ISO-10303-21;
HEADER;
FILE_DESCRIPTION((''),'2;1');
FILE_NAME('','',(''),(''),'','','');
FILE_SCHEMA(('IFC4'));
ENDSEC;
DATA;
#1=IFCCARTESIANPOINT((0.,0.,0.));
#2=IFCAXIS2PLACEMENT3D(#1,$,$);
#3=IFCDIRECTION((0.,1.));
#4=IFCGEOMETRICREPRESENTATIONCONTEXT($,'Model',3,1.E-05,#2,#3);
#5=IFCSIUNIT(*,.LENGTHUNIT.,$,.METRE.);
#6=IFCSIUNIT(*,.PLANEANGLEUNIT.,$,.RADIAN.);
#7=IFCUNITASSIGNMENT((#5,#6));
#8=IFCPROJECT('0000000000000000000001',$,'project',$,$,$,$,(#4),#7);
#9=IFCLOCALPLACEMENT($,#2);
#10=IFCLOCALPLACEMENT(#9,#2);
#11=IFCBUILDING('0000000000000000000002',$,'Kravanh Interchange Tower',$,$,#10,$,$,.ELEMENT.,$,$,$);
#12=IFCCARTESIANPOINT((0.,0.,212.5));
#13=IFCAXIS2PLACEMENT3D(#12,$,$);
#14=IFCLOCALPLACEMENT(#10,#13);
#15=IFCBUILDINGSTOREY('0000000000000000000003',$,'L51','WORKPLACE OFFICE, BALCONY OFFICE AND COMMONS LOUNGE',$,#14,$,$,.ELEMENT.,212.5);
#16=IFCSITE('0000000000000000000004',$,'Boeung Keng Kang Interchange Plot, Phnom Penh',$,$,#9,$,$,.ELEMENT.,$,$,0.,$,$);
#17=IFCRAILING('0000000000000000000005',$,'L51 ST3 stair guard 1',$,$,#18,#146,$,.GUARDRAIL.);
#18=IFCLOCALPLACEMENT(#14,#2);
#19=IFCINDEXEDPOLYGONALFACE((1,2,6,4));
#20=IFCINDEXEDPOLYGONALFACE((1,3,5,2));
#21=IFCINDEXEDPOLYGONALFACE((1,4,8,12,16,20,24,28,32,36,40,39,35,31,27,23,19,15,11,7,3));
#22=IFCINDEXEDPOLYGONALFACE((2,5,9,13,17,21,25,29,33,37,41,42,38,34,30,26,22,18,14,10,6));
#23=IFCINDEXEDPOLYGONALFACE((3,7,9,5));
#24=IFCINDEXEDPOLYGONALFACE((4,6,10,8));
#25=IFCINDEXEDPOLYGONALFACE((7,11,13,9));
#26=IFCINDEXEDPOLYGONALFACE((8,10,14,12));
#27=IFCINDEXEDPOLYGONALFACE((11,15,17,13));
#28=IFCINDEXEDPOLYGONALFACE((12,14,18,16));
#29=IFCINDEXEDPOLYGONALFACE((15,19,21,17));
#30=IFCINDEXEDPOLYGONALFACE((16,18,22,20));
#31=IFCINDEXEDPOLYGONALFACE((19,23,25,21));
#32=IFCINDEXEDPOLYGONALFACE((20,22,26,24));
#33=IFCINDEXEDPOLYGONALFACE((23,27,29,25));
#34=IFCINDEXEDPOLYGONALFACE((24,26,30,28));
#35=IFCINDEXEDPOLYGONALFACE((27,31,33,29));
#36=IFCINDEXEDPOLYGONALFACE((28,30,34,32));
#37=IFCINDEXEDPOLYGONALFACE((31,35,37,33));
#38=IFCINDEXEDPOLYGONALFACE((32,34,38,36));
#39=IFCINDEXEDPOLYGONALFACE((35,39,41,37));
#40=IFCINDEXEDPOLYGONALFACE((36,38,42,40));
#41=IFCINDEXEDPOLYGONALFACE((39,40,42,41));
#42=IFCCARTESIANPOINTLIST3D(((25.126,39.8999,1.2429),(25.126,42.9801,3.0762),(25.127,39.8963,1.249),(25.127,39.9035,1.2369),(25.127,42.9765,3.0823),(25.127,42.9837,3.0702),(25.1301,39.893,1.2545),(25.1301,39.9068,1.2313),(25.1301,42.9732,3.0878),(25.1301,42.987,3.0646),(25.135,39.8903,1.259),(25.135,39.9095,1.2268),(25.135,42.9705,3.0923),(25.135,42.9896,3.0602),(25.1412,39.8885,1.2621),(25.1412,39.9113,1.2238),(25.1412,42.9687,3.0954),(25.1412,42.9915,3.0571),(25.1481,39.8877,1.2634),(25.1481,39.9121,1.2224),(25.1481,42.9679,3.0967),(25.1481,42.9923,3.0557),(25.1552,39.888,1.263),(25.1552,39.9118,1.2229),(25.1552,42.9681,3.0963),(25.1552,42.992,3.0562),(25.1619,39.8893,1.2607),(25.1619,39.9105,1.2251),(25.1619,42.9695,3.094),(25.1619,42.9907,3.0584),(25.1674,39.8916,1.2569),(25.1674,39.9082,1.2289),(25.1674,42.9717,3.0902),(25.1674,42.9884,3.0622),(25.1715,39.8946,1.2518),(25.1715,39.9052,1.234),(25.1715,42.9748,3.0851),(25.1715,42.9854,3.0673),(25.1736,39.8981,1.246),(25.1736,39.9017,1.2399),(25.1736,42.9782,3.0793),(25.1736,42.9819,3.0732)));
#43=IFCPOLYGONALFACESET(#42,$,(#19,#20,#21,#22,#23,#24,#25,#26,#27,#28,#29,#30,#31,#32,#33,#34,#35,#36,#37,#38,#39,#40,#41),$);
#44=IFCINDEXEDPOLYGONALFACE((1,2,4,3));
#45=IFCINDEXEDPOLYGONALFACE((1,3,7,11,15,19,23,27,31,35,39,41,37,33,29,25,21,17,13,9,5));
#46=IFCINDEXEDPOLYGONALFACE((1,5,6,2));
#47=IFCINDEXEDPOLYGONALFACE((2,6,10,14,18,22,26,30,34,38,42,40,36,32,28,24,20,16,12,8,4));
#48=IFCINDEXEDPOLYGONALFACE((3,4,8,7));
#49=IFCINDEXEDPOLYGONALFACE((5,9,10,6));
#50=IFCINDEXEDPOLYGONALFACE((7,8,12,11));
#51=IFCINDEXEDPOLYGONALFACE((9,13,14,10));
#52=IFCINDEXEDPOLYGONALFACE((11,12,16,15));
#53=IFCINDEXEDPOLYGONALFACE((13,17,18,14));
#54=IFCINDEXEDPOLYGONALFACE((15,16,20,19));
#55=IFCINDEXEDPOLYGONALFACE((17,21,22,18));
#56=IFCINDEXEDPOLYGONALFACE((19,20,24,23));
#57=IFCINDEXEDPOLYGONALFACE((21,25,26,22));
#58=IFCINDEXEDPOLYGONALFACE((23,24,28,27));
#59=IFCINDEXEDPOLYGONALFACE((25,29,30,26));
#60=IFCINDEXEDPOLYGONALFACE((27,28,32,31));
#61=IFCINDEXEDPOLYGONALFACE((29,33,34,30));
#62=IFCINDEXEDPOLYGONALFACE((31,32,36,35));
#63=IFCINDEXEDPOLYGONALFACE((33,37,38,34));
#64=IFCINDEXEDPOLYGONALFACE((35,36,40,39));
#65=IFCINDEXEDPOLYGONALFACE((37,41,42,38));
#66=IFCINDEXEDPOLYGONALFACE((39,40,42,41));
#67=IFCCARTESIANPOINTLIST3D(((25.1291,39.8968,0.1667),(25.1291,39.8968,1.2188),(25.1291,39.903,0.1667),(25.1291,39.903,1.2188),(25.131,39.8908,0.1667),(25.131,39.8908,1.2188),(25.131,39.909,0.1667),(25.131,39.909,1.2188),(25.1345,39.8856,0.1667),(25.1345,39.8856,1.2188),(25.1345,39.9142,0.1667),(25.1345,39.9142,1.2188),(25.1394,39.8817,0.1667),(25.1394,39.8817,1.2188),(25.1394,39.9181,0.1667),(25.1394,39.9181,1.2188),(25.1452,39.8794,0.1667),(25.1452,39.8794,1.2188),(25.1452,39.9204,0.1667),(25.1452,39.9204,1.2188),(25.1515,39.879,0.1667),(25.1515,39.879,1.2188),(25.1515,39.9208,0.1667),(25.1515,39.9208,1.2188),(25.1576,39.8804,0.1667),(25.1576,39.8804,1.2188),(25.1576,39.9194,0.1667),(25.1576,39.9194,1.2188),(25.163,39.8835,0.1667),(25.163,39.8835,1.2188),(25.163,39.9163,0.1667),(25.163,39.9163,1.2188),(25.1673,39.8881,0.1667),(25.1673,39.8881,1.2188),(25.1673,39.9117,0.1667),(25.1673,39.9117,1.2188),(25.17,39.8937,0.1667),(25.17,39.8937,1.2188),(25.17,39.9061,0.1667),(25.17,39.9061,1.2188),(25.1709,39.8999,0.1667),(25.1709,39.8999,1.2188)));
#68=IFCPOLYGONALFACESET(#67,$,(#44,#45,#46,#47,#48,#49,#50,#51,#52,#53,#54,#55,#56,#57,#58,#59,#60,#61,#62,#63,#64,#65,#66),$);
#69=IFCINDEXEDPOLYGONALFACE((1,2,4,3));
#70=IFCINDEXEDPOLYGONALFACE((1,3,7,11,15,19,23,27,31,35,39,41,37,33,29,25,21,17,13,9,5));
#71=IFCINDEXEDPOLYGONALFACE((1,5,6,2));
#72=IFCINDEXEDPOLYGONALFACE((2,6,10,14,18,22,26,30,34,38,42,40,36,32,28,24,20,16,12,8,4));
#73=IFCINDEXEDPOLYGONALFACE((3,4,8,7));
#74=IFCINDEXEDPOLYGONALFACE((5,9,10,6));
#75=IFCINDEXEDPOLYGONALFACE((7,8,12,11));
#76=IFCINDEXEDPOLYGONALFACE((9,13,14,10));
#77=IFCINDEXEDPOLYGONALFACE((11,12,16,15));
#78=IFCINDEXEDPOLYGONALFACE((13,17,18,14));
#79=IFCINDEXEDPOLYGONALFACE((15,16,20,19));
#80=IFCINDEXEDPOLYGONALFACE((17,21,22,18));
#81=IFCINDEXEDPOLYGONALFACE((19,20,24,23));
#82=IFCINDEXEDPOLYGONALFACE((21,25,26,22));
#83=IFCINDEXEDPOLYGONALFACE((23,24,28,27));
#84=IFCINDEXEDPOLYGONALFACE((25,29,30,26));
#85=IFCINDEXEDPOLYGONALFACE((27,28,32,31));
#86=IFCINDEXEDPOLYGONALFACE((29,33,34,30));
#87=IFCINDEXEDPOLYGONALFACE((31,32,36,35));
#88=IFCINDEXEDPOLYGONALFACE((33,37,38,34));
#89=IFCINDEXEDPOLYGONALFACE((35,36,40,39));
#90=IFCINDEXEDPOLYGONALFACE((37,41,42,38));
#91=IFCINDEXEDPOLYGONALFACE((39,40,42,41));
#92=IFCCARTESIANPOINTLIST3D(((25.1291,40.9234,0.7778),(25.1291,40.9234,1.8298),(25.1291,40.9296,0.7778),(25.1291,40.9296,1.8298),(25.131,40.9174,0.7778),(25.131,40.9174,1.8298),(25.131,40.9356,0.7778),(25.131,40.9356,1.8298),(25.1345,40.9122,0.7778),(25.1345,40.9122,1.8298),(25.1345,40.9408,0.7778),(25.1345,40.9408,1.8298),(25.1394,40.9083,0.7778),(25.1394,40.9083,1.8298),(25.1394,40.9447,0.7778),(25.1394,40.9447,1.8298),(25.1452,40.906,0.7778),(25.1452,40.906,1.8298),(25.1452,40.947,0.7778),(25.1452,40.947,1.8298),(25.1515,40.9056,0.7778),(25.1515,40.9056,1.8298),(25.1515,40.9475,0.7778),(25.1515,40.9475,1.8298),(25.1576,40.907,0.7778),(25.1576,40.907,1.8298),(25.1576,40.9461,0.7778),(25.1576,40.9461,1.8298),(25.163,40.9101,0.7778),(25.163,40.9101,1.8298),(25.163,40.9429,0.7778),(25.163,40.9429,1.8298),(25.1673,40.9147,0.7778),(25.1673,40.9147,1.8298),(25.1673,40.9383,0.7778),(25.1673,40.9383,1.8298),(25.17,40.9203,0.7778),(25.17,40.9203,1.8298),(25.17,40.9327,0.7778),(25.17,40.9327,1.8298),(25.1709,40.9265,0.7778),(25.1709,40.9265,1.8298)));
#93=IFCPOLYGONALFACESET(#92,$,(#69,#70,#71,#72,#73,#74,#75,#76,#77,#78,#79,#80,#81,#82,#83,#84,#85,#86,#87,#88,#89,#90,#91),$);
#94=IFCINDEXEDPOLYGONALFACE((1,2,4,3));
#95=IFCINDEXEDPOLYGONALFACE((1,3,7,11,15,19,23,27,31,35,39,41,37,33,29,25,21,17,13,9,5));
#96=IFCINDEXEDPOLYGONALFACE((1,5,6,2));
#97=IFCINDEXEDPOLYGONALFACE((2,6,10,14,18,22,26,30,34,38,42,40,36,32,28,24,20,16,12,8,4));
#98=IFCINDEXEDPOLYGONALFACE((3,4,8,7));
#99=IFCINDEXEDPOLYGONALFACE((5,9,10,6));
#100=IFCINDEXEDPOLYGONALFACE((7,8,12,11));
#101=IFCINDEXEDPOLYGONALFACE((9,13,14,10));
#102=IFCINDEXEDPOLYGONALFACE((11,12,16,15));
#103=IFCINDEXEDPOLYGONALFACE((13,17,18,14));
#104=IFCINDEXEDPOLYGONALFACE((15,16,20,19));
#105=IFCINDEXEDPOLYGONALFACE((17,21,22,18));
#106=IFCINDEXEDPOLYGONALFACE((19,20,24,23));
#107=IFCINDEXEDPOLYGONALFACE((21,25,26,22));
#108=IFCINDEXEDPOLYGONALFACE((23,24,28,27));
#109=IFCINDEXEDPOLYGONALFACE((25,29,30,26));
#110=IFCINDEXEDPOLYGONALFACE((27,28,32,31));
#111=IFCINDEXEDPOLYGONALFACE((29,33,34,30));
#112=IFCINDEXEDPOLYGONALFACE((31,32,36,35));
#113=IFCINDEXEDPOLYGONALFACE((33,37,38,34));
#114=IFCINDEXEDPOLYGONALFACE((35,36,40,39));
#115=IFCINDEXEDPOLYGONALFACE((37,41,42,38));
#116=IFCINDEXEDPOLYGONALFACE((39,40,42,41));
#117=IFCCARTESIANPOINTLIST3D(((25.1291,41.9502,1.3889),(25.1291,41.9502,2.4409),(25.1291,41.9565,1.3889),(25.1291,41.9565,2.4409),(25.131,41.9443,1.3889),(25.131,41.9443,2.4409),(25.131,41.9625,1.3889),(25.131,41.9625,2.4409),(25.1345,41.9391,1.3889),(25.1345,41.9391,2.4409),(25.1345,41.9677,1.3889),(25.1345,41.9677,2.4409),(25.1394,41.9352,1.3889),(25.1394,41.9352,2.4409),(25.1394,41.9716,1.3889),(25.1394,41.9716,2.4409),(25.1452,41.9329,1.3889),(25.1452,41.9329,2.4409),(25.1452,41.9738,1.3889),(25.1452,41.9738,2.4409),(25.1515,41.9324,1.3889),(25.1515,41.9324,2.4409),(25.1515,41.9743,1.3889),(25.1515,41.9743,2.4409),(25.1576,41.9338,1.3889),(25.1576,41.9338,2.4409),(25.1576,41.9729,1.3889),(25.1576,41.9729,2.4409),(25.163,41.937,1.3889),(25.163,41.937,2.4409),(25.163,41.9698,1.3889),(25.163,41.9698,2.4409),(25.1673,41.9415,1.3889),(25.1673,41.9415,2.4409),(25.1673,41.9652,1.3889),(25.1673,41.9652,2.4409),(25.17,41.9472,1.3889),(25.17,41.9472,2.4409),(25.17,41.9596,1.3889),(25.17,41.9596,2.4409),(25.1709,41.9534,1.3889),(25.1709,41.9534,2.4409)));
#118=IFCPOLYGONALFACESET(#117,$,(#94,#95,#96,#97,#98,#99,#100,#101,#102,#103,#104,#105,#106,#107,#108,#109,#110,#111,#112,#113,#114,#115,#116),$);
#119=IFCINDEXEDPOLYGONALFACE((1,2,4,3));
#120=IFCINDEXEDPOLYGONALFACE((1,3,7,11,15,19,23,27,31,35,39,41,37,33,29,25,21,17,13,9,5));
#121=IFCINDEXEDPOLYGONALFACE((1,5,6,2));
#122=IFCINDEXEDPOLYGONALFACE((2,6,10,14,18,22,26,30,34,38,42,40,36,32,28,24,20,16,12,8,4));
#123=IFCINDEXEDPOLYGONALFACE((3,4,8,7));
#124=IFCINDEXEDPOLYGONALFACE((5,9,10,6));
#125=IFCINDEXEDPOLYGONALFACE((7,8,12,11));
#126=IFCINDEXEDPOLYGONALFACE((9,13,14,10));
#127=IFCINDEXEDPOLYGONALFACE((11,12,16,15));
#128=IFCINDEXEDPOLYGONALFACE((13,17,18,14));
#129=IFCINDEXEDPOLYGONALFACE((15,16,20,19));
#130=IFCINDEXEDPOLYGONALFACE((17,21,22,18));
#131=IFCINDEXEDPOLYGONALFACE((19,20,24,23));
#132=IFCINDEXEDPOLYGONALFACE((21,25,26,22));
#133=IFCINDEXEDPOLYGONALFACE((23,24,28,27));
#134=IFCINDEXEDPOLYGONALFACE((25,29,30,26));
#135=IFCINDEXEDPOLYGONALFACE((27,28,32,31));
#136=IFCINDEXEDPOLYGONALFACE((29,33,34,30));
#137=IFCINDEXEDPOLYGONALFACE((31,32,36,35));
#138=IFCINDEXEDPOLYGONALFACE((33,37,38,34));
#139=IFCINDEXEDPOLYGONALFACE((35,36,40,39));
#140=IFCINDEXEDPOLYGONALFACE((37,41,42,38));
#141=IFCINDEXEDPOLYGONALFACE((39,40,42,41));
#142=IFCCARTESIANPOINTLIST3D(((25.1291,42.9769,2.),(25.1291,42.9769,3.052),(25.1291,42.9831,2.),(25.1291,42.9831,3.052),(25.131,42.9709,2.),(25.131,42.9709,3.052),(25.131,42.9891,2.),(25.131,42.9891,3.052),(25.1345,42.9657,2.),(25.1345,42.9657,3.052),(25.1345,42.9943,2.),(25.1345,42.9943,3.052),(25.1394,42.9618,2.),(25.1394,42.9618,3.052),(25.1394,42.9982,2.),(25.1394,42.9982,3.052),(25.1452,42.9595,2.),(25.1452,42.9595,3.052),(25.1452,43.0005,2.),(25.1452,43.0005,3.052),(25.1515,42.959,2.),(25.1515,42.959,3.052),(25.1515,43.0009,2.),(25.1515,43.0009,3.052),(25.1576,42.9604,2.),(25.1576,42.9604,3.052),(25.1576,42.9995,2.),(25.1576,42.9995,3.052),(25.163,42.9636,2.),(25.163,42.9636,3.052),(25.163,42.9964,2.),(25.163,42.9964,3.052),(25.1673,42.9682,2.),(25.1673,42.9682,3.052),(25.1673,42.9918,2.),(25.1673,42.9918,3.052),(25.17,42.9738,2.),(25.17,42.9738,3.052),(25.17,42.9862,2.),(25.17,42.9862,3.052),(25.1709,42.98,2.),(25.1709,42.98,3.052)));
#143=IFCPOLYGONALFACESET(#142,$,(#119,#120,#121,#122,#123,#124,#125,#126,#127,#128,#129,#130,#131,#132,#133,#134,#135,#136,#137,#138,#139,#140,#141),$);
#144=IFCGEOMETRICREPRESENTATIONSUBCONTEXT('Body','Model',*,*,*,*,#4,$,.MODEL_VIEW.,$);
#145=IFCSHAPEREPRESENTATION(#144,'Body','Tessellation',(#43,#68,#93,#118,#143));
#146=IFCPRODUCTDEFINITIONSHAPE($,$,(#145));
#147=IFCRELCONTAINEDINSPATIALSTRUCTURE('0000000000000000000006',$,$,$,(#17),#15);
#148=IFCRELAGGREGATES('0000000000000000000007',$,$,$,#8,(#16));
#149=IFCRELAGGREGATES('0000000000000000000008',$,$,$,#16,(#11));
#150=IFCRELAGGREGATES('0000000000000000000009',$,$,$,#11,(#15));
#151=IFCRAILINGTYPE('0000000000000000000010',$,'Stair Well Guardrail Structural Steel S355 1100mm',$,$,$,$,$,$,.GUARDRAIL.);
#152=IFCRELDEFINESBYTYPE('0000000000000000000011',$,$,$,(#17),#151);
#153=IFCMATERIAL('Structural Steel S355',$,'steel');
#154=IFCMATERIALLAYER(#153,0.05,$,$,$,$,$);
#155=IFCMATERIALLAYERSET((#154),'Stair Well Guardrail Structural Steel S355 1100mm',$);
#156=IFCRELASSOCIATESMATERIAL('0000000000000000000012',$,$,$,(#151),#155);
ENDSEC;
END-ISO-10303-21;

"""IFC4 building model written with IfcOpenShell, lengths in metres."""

from ifc_helpers import new_model, si_unit, direction, frame, origin, origin_2d, place, context, subcontext, project, spatial, circle, extrude, material, layer, layer_set, type_object, element, save


model = new_model("IFC4")

# Units and contexts
model_context = context("Model", 3, precision=1e-05, world=origin(), true_north=direction((0.0, 1.0)))
body_context = subcontext(model_context, "Body", "Model", "MODEL_VIEW")
ifc_project = project(units=[si_unit("LENGTHUNIT", "METRE"), si_unit("PLANEANGLEUNIT", "RADIAN")], contexts=[model_context])

# Site, building, storey
site_placement = place(None, origin())
site = spatial("IfcSite", under=ifc_project, at=site_placement, Name="Boeung Keng Kang Interchange Plot, Phnom Penh", CompositionType="ELEMENT", RefElevation=0.0)
building_placement = place(site_placement, origin())
building = spatial("IfcBuilding", under=site, at=building_placement, Name="Kravanh Interchange Tower", CompositionType="ELEMENT")
storey_placement = place(building_placement, frame((0.0, 0.0, 212.5)))
storey = spatial("IfcBuildingStorey", under=building, at=storey_placement, Name="L51", Description="WORKPLACE OFFICE, BALCONY OFFICE AND COMMONS LOUNGE", CompositionType="ELEMENT", Elevation=212.5)

# Railing
ifc_material_1 = material(Name="Structural Steel S355", Category="steel")
ifc_layer_1 = layer(ifc_material_1, 0.05)
ifc_layer_set_1 = layer_set([ifc_layer_1], Name="Stair Well Guardrail Structural Steel S355 1100mm")
railing_type_1 = type_object("IfcRailingType", Name="Stair Well Guardrail Structural Steel S355 1100mm", PredefinedType="GUARDRAIL", material=ifc_layer_set_1)
railing_1_placement = place(storey_placement, frame((25.1499, 39.8999, 0.1667)))
element("IfcRailing", 1, at=railing_1_placement, inside=storey, type_object=railing_type_1, Name="L51 ST3 stair guard 1", PredefinedType="GUARDRAIL", context=body_context, shape_type="SweptSolid", body=[
    extrude(circle(Radius=0.0239, at=origin_2d()), frame((0.0, 0.0, 1.0762), z_axis=(0.0, 0.859309, 0.511458), x_axis=(-1.0, 0.0, 0.0)), (0.0, 0.0, 1.0), 3.5845),
    extrude(circle(Radius=0.021, at=origin_2d()), origin(), (0.0, 0.0, 1.0), 1.052),
    extrude(circle(Radius=0.021, at=origin_2d()), frame((0.0, 1.0266, 0.6111)), (0.0, 0.0, 1.0), 1.052),
    extrude(circle(Radius=0.021, at=origin_2d()), frame((0.0, 2.0535, 1.2222)), (0.0, 0.0, 1.0), 1.052),
    extrude(circle(Radius=0.021, at=origin_2d()), frame((0.0, 3.0801, 1.8333)), (0.0, 0.0, 1.0), 1.052),
])

save(model, "model.ifc")
